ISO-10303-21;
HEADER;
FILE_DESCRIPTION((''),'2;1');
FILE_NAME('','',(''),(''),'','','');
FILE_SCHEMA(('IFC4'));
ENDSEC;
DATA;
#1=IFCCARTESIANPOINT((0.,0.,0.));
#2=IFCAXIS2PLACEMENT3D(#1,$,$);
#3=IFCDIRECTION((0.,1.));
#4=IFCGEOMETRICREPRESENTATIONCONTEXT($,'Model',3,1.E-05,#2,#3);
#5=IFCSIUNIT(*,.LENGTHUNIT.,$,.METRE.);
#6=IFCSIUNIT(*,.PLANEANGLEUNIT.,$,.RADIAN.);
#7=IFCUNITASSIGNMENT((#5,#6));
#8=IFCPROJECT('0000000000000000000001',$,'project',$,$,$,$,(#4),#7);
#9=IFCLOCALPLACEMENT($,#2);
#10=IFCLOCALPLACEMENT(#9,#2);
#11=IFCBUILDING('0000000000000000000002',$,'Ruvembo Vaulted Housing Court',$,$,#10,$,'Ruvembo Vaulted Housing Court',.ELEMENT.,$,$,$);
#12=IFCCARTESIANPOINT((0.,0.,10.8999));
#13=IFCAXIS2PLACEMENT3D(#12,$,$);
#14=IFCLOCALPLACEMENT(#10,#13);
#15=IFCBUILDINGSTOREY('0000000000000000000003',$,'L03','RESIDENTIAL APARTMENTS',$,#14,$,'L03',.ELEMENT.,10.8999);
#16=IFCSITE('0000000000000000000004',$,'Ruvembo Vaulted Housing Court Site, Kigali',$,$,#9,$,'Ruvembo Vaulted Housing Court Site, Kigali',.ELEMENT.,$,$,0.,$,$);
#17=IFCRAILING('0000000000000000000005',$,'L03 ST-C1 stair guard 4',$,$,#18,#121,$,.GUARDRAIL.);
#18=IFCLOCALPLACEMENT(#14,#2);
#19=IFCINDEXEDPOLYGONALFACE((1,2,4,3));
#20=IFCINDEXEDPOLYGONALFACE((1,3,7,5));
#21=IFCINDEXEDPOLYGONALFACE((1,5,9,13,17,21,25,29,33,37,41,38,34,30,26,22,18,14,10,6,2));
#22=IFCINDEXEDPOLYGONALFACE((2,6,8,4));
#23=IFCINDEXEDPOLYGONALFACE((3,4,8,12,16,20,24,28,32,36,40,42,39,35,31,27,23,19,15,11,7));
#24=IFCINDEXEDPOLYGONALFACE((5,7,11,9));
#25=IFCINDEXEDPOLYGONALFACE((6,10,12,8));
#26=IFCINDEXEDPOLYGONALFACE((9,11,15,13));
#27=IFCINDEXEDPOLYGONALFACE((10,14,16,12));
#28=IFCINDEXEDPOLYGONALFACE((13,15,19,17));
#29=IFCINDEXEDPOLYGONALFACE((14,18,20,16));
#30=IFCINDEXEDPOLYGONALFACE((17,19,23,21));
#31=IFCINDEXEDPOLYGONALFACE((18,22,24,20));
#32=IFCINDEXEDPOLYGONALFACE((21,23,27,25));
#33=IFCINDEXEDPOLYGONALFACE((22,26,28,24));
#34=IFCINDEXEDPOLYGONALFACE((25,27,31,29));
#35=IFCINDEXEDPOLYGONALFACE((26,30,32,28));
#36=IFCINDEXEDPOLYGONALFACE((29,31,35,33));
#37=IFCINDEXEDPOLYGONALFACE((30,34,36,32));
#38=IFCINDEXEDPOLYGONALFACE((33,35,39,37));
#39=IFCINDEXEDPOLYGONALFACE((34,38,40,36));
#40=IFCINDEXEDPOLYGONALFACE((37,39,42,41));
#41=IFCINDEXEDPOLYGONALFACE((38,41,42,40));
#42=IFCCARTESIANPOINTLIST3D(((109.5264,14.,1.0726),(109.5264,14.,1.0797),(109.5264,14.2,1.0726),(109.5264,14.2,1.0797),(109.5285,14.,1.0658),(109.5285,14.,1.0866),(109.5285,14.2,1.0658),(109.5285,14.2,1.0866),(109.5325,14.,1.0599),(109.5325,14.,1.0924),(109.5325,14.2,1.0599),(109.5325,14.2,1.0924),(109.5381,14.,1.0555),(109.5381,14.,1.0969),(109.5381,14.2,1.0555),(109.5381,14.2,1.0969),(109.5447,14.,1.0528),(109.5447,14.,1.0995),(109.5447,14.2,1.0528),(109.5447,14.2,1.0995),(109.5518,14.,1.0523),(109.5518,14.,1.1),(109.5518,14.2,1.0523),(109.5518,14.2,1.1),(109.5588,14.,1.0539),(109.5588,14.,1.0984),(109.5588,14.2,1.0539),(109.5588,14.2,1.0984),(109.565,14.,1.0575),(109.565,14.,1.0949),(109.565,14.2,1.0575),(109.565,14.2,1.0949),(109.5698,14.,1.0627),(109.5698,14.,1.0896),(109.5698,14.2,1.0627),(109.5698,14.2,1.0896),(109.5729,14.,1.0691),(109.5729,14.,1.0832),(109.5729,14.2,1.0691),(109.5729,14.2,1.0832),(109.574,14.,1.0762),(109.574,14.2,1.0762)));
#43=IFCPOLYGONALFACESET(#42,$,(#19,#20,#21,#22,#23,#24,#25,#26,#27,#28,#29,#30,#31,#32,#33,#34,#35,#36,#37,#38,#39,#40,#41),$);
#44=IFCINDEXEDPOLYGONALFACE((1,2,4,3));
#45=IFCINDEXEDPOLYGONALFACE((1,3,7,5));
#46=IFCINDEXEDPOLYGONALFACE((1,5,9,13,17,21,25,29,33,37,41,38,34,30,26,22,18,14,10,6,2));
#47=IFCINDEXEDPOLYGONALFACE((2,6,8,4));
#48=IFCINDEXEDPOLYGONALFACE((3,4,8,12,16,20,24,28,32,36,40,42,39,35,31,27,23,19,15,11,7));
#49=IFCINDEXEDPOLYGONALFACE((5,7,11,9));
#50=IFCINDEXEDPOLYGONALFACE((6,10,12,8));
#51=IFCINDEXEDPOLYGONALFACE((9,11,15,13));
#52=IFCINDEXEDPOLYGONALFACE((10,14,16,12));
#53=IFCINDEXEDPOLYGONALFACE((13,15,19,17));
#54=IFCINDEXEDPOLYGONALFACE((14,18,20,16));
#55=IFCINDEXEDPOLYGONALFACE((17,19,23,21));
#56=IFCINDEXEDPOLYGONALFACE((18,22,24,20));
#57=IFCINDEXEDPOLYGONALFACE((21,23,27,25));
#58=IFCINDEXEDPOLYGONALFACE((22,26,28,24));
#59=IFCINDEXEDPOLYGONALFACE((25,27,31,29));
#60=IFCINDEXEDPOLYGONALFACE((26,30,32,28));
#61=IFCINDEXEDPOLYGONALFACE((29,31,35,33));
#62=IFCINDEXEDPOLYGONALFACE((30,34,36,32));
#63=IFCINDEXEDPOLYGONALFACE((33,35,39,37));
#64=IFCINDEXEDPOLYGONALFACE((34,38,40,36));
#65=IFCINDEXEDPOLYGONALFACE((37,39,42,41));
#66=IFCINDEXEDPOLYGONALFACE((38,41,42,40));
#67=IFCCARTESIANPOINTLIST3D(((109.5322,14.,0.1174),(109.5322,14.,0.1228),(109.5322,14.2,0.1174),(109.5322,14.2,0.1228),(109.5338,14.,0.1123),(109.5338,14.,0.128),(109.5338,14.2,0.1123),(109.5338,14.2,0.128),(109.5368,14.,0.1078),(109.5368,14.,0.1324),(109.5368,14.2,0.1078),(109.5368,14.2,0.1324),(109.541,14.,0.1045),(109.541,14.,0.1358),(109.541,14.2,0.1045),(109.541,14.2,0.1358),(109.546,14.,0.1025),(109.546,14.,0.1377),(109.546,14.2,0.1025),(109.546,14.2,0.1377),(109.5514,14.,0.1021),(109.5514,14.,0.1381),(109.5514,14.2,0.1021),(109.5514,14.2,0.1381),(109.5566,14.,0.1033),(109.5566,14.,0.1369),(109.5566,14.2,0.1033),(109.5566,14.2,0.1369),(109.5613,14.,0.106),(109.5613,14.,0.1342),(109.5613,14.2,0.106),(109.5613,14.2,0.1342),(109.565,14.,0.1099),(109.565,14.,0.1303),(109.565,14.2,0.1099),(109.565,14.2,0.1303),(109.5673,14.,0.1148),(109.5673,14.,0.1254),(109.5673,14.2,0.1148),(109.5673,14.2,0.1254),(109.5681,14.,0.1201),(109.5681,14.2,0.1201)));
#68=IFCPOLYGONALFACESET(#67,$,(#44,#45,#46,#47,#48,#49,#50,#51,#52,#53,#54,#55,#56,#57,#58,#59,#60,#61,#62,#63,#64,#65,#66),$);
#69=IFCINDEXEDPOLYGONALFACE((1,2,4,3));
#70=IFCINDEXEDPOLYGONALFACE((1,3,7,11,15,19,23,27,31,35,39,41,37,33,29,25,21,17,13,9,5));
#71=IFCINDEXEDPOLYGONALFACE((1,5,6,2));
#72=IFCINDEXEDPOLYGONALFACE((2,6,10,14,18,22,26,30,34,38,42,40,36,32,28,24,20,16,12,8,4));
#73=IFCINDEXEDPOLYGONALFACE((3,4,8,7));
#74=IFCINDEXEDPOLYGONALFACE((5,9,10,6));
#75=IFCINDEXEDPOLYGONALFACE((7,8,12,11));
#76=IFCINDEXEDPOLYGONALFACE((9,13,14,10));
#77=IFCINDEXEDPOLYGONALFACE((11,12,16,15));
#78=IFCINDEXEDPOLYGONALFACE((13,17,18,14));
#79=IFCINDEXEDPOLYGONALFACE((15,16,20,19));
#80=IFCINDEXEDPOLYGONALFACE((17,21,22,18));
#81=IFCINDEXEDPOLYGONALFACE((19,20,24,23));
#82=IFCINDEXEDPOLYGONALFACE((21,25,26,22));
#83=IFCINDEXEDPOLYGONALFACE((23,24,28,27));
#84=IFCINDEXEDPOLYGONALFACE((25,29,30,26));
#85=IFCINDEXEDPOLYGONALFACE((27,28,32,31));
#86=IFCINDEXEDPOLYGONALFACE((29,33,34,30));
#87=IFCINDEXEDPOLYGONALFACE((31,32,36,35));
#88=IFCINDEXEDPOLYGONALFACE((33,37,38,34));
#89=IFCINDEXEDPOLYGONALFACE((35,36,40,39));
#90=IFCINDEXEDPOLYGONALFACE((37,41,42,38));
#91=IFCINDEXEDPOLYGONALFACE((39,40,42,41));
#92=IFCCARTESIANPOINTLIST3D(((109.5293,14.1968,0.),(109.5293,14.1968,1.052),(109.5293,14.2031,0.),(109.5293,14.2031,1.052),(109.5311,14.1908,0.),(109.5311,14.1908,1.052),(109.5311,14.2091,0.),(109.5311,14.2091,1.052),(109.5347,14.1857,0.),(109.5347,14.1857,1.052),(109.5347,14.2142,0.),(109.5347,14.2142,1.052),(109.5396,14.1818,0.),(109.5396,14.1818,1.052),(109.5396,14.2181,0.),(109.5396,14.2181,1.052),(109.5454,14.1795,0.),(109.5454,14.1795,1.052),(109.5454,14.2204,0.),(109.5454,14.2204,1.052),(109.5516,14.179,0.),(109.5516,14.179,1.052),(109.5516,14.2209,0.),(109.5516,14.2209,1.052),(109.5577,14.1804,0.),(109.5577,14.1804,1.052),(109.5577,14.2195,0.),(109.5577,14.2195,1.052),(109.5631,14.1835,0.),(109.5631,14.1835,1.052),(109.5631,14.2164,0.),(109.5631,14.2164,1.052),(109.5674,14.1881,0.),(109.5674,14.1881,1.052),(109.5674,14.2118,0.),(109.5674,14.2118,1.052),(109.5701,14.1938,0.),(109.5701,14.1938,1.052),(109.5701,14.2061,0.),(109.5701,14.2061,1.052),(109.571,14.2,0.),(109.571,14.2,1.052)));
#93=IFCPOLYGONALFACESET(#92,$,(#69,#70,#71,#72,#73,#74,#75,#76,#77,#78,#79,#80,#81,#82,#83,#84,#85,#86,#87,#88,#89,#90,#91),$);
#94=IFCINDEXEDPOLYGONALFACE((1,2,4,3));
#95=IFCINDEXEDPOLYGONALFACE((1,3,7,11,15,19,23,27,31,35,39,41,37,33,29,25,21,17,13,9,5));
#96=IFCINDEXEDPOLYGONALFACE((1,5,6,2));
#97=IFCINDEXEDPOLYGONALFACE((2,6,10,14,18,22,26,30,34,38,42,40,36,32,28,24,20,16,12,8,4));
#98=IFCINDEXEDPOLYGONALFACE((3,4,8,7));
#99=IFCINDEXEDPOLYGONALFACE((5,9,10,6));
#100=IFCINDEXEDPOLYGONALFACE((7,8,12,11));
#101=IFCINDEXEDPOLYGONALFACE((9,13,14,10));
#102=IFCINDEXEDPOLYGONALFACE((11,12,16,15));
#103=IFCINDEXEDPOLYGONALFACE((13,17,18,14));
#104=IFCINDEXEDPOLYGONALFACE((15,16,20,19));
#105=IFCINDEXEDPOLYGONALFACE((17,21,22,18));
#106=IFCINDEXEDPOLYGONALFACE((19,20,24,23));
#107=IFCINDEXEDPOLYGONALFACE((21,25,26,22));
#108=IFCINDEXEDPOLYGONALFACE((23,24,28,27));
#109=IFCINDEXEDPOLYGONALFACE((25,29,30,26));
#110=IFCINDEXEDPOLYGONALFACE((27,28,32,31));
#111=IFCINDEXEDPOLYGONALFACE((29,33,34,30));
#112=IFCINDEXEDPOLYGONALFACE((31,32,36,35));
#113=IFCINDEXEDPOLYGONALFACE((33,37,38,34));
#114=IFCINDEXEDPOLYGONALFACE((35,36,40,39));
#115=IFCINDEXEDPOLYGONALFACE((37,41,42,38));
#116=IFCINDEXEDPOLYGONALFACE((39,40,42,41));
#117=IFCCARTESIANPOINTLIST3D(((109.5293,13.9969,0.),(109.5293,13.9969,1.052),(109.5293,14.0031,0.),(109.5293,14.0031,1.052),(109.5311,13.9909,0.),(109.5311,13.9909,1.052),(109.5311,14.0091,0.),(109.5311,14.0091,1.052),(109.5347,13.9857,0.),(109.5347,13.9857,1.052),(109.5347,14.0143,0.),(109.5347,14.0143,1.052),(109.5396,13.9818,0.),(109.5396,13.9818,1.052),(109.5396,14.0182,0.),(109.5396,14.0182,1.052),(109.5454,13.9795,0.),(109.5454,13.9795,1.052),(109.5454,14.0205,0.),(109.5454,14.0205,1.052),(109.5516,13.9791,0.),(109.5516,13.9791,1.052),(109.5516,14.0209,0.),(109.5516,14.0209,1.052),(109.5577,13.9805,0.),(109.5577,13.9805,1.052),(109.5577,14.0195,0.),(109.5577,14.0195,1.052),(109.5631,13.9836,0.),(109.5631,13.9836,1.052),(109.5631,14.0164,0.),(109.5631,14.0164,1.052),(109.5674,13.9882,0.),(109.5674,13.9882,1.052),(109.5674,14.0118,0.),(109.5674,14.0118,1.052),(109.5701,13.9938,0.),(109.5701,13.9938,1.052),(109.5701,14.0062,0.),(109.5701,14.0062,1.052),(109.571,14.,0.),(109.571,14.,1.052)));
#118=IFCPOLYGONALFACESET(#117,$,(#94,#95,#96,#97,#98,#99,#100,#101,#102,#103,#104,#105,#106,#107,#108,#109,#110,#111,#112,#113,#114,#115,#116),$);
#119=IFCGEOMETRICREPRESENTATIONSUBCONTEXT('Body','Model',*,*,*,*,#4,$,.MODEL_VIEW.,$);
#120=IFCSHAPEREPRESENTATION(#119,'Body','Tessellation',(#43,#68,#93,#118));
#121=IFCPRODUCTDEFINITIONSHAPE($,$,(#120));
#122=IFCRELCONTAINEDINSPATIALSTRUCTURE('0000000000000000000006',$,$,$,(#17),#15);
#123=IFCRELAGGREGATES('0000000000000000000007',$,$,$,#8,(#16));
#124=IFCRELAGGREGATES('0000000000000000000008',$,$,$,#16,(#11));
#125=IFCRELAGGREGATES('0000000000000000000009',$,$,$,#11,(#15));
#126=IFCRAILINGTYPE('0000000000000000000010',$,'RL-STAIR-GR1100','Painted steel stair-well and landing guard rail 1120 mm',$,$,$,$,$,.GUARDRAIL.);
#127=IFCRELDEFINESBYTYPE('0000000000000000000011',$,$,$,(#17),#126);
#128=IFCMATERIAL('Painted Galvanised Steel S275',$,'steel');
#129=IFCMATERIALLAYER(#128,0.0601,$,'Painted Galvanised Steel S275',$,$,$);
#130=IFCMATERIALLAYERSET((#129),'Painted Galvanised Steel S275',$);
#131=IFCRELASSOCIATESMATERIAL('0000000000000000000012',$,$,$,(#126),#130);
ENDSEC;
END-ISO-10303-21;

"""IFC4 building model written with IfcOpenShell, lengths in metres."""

from ifc_helpers import new_model, si_unit, direction, frame, origin, origin_2d, place, context, subcontext, project, spatial, circle, extrude, material, layer, layer_set, type_object, element, save


model = new_model("IFC4")

# Units and contexts
model_context = context("Model", 3, precision=1e-05, world=origin(), true_north=direction((0.0, 1.0)))
body_context = subcontext(model_context, "Body", "Model", "MODEL_VIEW")
ifc_project = project(units=[si_unit("LENGTHUNIT", "METRE"), si_unit("PLANEANGLEUNIT", "RADIAN")], contexts=[model_context])

# Site, building, storey
site_placement = place(None, origin())
site = spatial("IfcSite", under=ifc_project, at=site_placement, Name="Ruvembo Vaulted Housing Court Site, Kigali", LongName="Ruvembo Vaulted Housing Court Site, Kigali", CompositionType="ELEMENT", RefElevation=0.0)
building_placement = place(site_placement, origin())
building = spatial("IfcBuilding", under=site, at=building_placement, Name="Ruvembo Vaulted Housing Court", LongName="Ruvembo Vaulted Housing Court", CompositionType="ELEMENT")
storey_placement = place(building_placement, frame((0.0, 0.0, 10.8999)))
storey = spatial("IfcBuildingStorey", under=building, at=storey_placement, Name="L03", Description="RESIDENTIAL APARTMENTS", LongName="L03", CompositionType="ELEMENT", Elevation=10.8999)

# Railing
ifc_material_1 = material(Name="Painted Galvanised Steel S275", Category="steel")
ifc_layer_1 = layer(ifc_material_1, 0.0601, Name="Painted Galvanised Steel S275")
ifc_layer_set_1 = layer_set([ifc_layer_1], Name="Painted Galvanised Steel S275")
railing_type_1 = type_object("IfcRailingType", Name="RL-STAIR-GR1100", Description="Painted steel stair-well and landing guard rail 1120 mm", PredefinedType="GUARDRAIL", material=ifc_layer_set_1)
railing_1_placement = place(storey_placement, frame((109.55, 14.2, 0.0)))
element("IfcRailing", 1, at=railing_1_placement, inside=storey, type_object=railing_type_1, Name="L03 ST-C1 stair guard 4", PredefinedType="GUARDRAIL", context=body_context, shape_type="SweptSolid", body=[
    extrude(circle(Radius=0.0239, at=origin_2d()), frame((0.0, 0.0, 1.0762), z_axis=(0.0, -1.0, 0.0), x_axis=(1.0, 0.0, 0.0)), (0.0, 0.0, 1.0), 0.2),
    extrude(circle(Radius=0.0181, at=origin_2d()), frame((0.0, 0.0, 0.1201), z_axis=(0.0, -1.0, 0.0), x_axis=(1.0, 0.0, 0.0)), (0.0, 0.0, 1.0), 0.2),
    extrude(circle(Radius=0.021, at=origin_2d()), origin(), (0.0, 0.0, 1.0), 1.052),
    extrude(circle(Radius=0.021, at=origin_2d()), frame((0.0, -0.2, 0.0)), (0.0, 0.0, 1.0), 1.052),
])

save(model, "model.ifc")
